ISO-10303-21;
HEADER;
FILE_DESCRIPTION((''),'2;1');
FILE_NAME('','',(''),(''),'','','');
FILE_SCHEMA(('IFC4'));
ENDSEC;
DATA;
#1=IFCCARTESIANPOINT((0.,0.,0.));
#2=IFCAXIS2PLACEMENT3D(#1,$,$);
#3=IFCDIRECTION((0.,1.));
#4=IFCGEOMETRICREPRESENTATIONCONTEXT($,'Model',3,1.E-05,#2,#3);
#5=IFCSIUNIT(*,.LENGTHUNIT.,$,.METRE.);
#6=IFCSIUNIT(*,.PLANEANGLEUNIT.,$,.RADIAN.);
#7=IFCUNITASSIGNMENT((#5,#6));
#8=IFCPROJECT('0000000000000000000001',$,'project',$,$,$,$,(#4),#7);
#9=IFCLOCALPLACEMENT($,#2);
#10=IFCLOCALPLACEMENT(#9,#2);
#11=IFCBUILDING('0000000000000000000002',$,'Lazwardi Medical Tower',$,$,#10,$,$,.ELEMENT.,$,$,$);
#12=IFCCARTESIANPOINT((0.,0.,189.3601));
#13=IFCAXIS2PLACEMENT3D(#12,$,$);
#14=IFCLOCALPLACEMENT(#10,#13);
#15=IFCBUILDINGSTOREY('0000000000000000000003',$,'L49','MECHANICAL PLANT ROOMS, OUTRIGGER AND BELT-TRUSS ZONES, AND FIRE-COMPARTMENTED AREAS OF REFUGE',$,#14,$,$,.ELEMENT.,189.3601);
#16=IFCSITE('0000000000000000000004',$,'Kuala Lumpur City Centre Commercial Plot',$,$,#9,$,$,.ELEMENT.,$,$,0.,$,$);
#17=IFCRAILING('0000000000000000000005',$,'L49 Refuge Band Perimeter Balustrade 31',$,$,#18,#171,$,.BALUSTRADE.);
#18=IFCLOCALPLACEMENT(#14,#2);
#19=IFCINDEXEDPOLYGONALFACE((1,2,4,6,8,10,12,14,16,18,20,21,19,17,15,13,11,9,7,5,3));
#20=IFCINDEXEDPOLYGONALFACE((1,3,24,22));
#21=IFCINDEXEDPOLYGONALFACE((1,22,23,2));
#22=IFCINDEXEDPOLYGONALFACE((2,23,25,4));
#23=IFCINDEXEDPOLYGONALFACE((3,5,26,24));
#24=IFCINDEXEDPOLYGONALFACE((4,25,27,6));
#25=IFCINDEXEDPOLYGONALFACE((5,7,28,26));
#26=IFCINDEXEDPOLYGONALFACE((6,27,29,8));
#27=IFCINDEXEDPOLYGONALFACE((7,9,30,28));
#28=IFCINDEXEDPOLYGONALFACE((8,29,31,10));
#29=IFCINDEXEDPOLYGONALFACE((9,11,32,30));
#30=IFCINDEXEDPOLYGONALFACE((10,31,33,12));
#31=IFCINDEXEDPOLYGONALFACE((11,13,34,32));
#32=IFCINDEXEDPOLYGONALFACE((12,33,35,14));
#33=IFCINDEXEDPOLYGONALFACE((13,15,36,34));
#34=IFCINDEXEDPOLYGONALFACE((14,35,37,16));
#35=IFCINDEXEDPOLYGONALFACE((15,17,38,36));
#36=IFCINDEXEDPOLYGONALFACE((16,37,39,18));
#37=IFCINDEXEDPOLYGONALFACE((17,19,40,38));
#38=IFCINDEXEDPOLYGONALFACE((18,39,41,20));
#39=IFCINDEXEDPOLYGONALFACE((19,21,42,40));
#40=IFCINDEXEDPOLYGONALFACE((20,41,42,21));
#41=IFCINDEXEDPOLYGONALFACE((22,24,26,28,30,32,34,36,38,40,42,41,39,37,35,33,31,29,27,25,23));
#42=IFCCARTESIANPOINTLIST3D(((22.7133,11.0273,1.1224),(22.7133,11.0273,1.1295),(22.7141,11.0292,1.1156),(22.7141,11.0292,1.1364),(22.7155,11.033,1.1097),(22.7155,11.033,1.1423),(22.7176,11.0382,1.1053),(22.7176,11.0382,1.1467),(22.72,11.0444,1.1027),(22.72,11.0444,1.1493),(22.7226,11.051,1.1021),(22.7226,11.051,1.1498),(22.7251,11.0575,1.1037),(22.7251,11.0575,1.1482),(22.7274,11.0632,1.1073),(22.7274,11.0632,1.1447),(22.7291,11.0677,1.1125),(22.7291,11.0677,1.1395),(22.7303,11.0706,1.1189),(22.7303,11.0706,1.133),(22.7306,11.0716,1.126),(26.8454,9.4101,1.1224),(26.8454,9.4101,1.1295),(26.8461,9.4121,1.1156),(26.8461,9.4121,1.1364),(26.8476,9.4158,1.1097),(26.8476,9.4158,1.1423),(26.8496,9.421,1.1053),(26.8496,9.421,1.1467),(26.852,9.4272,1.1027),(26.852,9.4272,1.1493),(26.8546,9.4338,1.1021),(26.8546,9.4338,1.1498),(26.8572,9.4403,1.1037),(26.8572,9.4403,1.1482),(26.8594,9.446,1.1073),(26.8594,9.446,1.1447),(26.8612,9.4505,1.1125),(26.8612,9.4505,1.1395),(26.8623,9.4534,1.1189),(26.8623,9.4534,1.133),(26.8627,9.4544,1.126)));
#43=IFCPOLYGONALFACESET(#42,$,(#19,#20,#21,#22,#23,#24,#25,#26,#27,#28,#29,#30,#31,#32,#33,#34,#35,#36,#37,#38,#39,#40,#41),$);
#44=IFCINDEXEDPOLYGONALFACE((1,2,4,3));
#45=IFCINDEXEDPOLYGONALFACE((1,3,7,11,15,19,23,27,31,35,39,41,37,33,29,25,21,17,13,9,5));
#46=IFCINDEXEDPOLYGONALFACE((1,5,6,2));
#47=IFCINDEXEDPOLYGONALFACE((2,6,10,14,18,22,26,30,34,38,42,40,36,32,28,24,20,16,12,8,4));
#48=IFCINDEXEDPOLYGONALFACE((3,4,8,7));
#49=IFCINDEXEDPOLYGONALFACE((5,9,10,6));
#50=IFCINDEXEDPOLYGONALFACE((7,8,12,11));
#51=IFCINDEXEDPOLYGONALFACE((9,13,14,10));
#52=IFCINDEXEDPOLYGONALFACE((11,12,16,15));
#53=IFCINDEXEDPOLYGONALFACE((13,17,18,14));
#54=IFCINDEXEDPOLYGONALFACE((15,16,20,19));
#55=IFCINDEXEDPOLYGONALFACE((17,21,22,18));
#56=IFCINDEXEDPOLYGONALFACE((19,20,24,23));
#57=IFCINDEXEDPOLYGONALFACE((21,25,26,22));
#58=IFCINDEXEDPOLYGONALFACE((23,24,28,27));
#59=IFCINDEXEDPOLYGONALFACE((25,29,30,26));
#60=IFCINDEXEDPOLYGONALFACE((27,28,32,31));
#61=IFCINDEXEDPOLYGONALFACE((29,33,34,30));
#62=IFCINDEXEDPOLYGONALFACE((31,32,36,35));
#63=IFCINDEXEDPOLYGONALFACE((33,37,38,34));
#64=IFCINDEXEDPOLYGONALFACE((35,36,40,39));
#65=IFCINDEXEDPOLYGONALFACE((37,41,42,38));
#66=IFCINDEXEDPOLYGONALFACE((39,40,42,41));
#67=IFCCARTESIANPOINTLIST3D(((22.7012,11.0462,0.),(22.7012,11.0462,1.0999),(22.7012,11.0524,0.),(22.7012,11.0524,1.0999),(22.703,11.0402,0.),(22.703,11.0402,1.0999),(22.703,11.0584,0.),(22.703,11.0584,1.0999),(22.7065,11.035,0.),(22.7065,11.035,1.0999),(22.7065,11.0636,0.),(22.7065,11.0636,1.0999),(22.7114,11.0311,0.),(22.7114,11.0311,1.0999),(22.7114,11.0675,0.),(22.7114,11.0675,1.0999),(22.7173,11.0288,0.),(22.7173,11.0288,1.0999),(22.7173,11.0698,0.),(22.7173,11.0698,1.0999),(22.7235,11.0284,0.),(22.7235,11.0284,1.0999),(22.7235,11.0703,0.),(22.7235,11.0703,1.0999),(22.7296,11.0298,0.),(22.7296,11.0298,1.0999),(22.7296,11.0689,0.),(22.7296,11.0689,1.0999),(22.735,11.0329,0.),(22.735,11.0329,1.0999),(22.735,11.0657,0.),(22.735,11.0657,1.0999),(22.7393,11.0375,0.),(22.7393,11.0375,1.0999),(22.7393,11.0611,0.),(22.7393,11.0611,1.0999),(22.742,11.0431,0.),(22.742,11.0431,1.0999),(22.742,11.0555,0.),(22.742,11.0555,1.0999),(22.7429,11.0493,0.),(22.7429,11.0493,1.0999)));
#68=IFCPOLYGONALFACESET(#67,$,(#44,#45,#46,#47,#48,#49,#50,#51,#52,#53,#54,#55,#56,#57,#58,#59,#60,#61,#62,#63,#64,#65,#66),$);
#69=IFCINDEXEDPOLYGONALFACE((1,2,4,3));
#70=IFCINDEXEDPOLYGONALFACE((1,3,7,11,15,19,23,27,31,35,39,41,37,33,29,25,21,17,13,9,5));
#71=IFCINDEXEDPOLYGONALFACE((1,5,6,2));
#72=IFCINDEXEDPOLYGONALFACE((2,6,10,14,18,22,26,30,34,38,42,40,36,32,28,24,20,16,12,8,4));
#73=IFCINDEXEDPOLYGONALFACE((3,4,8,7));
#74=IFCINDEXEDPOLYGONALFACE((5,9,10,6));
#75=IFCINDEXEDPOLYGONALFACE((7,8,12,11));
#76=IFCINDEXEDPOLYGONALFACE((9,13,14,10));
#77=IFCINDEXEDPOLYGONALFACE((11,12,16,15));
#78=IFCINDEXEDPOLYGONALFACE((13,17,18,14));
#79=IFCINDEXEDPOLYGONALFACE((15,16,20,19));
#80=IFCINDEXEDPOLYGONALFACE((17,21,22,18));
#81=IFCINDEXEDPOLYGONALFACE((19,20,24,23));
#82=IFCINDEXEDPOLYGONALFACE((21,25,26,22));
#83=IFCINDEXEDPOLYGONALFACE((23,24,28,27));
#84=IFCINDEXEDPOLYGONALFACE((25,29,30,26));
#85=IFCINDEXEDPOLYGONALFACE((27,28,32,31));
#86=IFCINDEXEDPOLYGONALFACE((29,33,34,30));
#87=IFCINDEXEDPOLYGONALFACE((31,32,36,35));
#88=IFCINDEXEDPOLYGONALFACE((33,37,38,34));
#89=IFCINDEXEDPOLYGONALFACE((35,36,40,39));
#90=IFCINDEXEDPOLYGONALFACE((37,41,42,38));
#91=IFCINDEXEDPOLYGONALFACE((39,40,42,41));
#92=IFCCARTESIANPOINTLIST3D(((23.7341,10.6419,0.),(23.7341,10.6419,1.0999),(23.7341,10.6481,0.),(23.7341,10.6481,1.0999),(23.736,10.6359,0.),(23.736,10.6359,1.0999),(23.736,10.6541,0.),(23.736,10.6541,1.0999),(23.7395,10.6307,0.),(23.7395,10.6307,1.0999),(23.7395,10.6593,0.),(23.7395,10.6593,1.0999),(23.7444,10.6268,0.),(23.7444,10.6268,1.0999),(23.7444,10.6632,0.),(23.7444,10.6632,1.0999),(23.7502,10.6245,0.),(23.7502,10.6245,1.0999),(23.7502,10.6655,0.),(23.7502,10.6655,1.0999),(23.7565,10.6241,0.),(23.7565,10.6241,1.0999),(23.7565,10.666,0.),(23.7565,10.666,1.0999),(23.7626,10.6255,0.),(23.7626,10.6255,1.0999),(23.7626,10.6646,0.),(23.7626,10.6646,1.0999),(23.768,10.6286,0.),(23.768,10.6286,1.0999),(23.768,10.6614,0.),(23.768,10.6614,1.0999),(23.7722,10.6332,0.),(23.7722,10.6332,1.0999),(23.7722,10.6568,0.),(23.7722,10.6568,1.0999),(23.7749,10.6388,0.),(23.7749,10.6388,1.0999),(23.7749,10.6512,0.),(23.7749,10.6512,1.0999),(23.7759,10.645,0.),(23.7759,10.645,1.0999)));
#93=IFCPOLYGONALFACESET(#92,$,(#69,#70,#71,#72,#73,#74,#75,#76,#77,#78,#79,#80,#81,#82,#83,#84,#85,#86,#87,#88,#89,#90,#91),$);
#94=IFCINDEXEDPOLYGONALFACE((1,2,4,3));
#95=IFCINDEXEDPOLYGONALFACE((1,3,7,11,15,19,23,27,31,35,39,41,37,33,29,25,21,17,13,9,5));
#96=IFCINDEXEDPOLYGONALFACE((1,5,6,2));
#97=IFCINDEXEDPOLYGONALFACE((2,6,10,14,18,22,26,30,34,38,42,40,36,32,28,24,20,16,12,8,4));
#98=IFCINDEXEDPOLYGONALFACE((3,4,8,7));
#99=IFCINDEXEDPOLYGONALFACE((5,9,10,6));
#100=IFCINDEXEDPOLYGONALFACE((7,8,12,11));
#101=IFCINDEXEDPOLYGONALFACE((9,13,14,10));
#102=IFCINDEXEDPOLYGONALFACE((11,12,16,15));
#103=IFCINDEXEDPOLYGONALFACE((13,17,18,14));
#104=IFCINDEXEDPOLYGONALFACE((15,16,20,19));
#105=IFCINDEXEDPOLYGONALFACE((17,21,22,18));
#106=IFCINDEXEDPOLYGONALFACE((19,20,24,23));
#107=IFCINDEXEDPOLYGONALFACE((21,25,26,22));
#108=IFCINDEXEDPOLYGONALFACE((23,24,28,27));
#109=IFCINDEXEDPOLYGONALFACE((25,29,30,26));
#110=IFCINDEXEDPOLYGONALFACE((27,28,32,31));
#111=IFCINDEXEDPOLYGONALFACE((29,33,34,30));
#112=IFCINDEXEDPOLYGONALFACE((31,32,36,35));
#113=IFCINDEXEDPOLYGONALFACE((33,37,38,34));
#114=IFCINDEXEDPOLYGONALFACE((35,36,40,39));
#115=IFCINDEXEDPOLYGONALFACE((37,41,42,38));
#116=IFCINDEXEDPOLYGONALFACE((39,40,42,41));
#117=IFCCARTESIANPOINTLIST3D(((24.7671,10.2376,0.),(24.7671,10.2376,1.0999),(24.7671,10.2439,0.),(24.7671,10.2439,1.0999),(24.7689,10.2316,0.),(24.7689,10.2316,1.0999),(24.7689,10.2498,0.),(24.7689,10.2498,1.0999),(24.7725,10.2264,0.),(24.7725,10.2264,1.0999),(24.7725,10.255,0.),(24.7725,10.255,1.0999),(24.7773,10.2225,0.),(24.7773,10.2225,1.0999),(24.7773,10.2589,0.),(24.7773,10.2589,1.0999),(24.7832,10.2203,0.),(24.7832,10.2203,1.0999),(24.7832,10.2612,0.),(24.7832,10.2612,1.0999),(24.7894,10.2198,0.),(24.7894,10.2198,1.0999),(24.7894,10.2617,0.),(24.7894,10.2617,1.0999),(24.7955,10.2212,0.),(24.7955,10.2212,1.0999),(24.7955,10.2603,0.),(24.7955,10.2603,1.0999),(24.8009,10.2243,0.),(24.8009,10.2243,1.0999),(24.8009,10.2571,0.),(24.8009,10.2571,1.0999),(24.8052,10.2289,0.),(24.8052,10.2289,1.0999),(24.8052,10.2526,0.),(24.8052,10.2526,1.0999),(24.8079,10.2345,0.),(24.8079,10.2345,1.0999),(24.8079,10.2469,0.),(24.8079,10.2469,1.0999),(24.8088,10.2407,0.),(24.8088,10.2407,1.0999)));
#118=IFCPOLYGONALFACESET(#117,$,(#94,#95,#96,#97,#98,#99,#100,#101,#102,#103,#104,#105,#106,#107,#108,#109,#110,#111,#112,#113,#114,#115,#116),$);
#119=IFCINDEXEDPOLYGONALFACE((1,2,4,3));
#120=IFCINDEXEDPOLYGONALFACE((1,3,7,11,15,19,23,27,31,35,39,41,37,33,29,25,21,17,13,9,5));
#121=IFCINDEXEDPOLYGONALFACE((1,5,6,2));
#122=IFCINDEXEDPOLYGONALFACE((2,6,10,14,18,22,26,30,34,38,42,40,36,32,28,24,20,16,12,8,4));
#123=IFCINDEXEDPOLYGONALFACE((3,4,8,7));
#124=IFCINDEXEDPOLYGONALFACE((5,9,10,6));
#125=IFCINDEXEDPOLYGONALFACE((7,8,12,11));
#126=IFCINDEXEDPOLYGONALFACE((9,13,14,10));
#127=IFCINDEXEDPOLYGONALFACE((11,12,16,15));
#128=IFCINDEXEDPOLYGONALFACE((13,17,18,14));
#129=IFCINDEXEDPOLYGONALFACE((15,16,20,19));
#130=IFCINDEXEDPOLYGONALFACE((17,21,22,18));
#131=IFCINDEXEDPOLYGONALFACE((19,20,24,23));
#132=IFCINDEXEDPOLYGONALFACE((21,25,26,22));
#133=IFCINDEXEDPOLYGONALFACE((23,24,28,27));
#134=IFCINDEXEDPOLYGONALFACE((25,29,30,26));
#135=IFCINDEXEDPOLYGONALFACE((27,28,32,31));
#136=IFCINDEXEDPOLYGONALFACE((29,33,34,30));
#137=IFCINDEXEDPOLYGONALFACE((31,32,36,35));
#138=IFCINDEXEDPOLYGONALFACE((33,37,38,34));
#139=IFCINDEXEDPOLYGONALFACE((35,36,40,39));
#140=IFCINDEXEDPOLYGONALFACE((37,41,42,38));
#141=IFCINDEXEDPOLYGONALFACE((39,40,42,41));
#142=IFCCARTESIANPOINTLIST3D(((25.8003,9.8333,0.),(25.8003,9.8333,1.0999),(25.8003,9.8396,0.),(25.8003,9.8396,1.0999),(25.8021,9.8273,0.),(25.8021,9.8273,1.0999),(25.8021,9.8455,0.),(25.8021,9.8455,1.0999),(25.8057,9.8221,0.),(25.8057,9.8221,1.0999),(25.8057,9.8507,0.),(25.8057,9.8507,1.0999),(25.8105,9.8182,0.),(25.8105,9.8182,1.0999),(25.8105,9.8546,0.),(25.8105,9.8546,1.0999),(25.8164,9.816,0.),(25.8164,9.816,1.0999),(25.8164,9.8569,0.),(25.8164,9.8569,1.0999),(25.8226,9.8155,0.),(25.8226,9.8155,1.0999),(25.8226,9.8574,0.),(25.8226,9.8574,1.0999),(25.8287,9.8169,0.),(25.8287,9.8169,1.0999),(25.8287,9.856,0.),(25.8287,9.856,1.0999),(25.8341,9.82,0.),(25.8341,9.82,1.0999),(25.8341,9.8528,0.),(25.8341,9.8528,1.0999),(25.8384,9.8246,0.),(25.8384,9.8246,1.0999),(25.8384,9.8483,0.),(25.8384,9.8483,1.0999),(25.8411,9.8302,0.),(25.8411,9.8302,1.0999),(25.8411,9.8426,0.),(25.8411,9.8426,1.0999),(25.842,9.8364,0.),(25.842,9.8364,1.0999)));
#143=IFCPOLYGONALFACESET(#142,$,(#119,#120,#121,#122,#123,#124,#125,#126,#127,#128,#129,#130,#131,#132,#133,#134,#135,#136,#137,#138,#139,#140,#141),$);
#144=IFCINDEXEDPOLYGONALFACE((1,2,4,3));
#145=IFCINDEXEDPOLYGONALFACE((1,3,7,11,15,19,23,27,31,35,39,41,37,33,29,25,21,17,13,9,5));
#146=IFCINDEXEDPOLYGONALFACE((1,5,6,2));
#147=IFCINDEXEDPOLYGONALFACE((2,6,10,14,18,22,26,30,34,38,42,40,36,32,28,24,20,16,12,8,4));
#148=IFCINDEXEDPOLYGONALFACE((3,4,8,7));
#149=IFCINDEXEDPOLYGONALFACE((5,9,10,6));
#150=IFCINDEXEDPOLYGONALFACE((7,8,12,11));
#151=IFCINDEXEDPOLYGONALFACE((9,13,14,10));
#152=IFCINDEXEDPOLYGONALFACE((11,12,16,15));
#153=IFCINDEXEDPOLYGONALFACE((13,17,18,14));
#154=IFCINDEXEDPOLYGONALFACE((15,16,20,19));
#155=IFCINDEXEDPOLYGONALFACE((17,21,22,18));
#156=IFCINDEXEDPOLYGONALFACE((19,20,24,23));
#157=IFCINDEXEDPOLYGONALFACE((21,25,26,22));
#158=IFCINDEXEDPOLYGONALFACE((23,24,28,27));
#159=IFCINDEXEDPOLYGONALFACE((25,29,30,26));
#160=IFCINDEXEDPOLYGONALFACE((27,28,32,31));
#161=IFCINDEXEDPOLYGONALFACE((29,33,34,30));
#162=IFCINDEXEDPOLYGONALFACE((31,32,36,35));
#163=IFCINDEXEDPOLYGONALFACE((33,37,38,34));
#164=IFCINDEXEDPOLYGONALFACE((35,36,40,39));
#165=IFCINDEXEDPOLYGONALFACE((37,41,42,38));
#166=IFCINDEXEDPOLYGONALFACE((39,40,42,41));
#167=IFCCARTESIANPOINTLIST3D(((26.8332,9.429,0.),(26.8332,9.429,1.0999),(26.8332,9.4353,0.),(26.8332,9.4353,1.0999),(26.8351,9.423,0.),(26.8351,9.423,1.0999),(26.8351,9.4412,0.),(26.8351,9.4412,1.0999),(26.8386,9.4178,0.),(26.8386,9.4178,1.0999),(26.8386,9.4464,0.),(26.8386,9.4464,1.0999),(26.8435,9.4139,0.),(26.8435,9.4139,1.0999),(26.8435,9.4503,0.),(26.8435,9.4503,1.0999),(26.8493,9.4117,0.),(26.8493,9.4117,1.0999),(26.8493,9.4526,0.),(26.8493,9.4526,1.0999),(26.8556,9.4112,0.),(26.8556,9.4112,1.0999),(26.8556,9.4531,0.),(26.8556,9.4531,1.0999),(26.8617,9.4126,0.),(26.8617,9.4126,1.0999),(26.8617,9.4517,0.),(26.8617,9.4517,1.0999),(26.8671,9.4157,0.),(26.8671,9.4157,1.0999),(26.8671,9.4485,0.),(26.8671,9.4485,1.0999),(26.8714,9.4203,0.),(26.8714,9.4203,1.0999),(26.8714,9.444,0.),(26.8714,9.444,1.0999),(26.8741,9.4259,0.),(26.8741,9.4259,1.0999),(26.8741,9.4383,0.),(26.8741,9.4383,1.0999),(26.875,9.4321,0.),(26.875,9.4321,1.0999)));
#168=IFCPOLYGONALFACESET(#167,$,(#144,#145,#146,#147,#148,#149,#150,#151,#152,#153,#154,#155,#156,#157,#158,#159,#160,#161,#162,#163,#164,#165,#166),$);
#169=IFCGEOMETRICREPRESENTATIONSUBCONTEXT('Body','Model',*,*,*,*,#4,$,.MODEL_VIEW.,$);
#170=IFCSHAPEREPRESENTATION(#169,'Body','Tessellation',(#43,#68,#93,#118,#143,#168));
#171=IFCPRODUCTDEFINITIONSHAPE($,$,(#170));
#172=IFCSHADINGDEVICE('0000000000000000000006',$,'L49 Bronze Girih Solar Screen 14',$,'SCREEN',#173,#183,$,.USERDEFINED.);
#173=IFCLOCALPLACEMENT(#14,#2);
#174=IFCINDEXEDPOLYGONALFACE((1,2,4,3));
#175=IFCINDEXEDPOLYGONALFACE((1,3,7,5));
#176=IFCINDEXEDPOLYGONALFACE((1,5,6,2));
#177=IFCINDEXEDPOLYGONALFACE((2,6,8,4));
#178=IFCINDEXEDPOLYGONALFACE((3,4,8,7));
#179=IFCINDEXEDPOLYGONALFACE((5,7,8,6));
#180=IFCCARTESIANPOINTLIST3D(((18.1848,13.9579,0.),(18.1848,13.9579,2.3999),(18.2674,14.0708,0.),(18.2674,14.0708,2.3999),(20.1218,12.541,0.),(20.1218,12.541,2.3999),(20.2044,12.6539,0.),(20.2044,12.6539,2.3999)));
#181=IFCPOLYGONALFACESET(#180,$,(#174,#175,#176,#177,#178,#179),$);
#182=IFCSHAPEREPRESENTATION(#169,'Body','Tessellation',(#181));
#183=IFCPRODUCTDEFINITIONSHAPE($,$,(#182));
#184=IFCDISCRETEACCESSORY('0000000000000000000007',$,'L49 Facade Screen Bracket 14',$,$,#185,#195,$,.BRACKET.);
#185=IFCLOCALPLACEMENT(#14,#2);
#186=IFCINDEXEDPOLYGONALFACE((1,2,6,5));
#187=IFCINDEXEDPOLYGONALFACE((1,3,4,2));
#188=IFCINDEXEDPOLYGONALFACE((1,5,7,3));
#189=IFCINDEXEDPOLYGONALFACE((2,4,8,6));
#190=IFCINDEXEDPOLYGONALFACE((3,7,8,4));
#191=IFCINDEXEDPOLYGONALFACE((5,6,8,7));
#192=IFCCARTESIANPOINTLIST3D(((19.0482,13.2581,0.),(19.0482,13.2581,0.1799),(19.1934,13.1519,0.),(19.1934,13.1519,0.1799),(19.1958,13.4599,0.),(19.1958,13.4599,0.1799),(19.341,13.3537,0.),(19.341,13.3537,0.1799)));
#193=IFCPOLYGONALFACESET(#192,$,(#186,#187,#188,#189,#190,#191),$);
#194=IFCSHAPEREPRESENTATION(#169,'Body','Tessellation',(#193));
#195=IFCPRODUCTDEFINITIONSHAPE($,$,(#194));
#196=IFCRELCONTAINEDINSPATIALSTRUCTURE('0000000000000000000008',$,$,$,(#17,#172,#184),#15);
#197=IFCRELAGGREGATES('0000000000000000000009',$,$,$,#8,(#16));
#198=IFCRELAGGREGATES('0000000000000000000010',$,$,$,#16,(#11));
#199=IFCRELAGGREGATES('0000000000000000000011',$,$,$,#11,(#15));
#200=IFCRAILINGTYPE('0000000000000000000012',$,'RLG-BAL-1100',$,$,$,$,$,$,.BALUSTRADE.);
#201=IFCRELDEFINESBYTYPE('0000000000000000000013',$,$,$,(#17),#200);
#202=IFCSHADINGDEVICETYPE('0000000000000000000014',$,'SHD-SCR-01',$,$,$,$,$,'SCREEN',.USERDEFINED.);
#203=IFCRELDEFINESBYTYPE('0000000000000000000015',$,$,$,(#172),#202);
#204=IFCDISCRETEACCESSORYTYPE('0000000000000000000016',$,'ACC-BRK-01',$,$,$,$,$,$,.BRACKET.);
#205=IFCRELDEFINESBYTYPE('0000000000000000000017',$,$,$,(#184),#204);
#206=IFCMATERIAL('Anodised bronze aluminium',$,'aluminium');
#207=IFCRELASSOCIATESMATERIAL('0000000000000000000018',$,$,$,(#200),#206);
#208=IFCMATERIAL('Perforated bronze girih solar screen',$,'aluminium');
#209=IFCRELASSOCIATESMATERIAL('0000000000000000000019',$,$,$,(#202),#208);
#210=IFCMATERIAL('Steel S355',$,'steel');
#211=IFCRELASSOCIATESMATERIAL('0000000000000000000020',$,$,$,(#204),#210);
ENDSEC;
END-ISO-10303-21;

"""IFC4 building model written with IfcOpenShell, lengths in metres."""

from ifc_helpers import new_model, si_unit, direction, frame, origin, origin_2d, place, context, subcontext, project, spatial, rectangle, circle, extrude, material, type_object, element, save


model = new_model("IFC4")

# Units and contexts
model_context = context("Model", 3, precision=1e-05, world=origin(), true_north=direction((0.0, 1.0)))
body_context = subcontext(model_context, "Body", "Model", "MODEL_VIEW")
ifc_project = project(units=[si_unit("LENGTHUNIT", "METRE"), si_unit("PLANEANGLEUNIT", "RADIAN")], contexts=[model_context])

# Site, building, storey
site_placement = place(None, origin())
site = spatial("IfcSite", under=ifc_project, at=site_placement, Name="Kuala Lumpur City Centre Commercial Plot", CompositionType="ELEMENT", RefElevation=0.0)
building_placement = place(site_placement, origin())
building = spatial("IfcBuilding", under=site, at=building_placement, Name="Lazwardi Medical Tower", CompositionType="ELEMENT")
storey_placement = place(building_placement, frame((0.0, 0.0, 189.3601)))
storey = spatial("IfcBuildingStorey", under=building, at=storey_placement, Name="L49", Description="MECHANICAL PLANT ROOMS, OUTRIGGER AND BELT-TRUSS ZONES, AND FIRE-COMPARTMENTED AREAS OF REFUGE", CompositionType="ELEMENT", Elevation=189.3601)

# Shared definitions
ifc_material_1 = material(Name="Steel S355", Category="steel")

# Railing
ifc_material_2 = material(Name="Anodised bronze aluminium", Category="aluminium")
railing_type = type_object("IfcRailingType", Name="RLG-BAL-1100", PredefinedType="BALUSTRADE", material=ifc_material_2)
railing_1_placement = place(storey_placement, frame((22.7219, 11.0493, 0.0)))
element("IfcRailing", 1, at=railing_1_placement, inside=storey, type_object=railing_type, Name="L49 Refuge Band Perimeter Balustrade 31", PredefinedType="BALUSTRADE", context=body_context, shape_type="SweptSolid", body=[
    extrude(circle(Radius=0.0239, at=origin_2d()), frame((0.0, 0.0, 1.126), z_axis=(0.931221, -0.364455, 0.0), x_axis=(0.364455, 0.931221, 0.0)), (0.0, 0.0, 1.0), 4.4373),
    extrude(circle(Radius=0.021, at=origin_2d()), origin(), (0.0, 0.0, 1.0), 1.0999),
    extrude(circle(Radius=0.021, at=origin_2d()), frame((1.033, -0.4043, 0.0)), (0.0, 0.0, 1.0), 1.0999),
    extrude(circle(Radius=0.021, at=origin_2d()), frame((2.0659, -0.8086, 0.0)), (0.0, 0.0, 1.0), 1.0999),
    extrude(circle(Radius=0.021, at=origin_2d()), frame((3.0991, -1.2129, 0.0)), (0.0, 0.0, 1.0), 1.0999),
    extrude(circle(Radius=0.021, at=origin_2d()), frame((4.1321, -1.6172, 0.0)), (0.0, 0.0, 1.0), 1.0999),
])

# Shading device
ifc_material_3 = material(Name="Perforated bronze girih solar screen", Category="aluminium")
shading_device_type = type_object("IfcShadingDeviceType", Name="SHD-SCR-01", ElementType="SCREEN", PredefinedType="USERDEFINED", material=ifc_material_3)
shading_device_placement = place(storey_placement, frame((19.1946, 13.3059, 0.0), z_axis=(0.0, 0.0, 1.0), x_axis=(0.8071, -0.590414, 0.0)))
element("IfcShadingDevice", 2, at=shading_device_placement, inside=storey, type_object=shading_device_type, Name="L49 Bronze Girih Solar Screen 14", ObjectType="SCREEN", PredefinedType="USERDEFINED", context=body_context, shape_type="SweptSolid", body=[
    extrude(rectangle(XDim=2.3999, YDim=0.1399, at=origin_2d()), origin(), (0.0, 0.0, 1.0), 2.3999),
])

# Discrete accessory
discrete_accessory_type = type_object("IfcDiscreteAccessoryType", Name="ACC-BRK-01", PredefinedType="BRACKET", material=ifc_material_1)
discrete_accessory_placement = place(storey_placement, frame((19.1946, 13.3059, 0.0), z_axis=(0.0, 0.0, 1.0), x_axis=(0.8071, -0.590414, 0.0)))
element("IfcDiscreteAccessory", 3, at=discrete_accessory_placement, inside=storey, type_object=discrete_accessory_type, Name="L49 Facade Screen Bracket 14", PredefinedType="BRACKET", context=body_context, shape_type="SweptSolid", body=[
    extrude(rectangle(XDim=0.1799, YDim=0.25, at=origin_2d()), origin(), (0.0, 0.0, 1.0), 0.1799),
])

save(model, "model.ifc")
